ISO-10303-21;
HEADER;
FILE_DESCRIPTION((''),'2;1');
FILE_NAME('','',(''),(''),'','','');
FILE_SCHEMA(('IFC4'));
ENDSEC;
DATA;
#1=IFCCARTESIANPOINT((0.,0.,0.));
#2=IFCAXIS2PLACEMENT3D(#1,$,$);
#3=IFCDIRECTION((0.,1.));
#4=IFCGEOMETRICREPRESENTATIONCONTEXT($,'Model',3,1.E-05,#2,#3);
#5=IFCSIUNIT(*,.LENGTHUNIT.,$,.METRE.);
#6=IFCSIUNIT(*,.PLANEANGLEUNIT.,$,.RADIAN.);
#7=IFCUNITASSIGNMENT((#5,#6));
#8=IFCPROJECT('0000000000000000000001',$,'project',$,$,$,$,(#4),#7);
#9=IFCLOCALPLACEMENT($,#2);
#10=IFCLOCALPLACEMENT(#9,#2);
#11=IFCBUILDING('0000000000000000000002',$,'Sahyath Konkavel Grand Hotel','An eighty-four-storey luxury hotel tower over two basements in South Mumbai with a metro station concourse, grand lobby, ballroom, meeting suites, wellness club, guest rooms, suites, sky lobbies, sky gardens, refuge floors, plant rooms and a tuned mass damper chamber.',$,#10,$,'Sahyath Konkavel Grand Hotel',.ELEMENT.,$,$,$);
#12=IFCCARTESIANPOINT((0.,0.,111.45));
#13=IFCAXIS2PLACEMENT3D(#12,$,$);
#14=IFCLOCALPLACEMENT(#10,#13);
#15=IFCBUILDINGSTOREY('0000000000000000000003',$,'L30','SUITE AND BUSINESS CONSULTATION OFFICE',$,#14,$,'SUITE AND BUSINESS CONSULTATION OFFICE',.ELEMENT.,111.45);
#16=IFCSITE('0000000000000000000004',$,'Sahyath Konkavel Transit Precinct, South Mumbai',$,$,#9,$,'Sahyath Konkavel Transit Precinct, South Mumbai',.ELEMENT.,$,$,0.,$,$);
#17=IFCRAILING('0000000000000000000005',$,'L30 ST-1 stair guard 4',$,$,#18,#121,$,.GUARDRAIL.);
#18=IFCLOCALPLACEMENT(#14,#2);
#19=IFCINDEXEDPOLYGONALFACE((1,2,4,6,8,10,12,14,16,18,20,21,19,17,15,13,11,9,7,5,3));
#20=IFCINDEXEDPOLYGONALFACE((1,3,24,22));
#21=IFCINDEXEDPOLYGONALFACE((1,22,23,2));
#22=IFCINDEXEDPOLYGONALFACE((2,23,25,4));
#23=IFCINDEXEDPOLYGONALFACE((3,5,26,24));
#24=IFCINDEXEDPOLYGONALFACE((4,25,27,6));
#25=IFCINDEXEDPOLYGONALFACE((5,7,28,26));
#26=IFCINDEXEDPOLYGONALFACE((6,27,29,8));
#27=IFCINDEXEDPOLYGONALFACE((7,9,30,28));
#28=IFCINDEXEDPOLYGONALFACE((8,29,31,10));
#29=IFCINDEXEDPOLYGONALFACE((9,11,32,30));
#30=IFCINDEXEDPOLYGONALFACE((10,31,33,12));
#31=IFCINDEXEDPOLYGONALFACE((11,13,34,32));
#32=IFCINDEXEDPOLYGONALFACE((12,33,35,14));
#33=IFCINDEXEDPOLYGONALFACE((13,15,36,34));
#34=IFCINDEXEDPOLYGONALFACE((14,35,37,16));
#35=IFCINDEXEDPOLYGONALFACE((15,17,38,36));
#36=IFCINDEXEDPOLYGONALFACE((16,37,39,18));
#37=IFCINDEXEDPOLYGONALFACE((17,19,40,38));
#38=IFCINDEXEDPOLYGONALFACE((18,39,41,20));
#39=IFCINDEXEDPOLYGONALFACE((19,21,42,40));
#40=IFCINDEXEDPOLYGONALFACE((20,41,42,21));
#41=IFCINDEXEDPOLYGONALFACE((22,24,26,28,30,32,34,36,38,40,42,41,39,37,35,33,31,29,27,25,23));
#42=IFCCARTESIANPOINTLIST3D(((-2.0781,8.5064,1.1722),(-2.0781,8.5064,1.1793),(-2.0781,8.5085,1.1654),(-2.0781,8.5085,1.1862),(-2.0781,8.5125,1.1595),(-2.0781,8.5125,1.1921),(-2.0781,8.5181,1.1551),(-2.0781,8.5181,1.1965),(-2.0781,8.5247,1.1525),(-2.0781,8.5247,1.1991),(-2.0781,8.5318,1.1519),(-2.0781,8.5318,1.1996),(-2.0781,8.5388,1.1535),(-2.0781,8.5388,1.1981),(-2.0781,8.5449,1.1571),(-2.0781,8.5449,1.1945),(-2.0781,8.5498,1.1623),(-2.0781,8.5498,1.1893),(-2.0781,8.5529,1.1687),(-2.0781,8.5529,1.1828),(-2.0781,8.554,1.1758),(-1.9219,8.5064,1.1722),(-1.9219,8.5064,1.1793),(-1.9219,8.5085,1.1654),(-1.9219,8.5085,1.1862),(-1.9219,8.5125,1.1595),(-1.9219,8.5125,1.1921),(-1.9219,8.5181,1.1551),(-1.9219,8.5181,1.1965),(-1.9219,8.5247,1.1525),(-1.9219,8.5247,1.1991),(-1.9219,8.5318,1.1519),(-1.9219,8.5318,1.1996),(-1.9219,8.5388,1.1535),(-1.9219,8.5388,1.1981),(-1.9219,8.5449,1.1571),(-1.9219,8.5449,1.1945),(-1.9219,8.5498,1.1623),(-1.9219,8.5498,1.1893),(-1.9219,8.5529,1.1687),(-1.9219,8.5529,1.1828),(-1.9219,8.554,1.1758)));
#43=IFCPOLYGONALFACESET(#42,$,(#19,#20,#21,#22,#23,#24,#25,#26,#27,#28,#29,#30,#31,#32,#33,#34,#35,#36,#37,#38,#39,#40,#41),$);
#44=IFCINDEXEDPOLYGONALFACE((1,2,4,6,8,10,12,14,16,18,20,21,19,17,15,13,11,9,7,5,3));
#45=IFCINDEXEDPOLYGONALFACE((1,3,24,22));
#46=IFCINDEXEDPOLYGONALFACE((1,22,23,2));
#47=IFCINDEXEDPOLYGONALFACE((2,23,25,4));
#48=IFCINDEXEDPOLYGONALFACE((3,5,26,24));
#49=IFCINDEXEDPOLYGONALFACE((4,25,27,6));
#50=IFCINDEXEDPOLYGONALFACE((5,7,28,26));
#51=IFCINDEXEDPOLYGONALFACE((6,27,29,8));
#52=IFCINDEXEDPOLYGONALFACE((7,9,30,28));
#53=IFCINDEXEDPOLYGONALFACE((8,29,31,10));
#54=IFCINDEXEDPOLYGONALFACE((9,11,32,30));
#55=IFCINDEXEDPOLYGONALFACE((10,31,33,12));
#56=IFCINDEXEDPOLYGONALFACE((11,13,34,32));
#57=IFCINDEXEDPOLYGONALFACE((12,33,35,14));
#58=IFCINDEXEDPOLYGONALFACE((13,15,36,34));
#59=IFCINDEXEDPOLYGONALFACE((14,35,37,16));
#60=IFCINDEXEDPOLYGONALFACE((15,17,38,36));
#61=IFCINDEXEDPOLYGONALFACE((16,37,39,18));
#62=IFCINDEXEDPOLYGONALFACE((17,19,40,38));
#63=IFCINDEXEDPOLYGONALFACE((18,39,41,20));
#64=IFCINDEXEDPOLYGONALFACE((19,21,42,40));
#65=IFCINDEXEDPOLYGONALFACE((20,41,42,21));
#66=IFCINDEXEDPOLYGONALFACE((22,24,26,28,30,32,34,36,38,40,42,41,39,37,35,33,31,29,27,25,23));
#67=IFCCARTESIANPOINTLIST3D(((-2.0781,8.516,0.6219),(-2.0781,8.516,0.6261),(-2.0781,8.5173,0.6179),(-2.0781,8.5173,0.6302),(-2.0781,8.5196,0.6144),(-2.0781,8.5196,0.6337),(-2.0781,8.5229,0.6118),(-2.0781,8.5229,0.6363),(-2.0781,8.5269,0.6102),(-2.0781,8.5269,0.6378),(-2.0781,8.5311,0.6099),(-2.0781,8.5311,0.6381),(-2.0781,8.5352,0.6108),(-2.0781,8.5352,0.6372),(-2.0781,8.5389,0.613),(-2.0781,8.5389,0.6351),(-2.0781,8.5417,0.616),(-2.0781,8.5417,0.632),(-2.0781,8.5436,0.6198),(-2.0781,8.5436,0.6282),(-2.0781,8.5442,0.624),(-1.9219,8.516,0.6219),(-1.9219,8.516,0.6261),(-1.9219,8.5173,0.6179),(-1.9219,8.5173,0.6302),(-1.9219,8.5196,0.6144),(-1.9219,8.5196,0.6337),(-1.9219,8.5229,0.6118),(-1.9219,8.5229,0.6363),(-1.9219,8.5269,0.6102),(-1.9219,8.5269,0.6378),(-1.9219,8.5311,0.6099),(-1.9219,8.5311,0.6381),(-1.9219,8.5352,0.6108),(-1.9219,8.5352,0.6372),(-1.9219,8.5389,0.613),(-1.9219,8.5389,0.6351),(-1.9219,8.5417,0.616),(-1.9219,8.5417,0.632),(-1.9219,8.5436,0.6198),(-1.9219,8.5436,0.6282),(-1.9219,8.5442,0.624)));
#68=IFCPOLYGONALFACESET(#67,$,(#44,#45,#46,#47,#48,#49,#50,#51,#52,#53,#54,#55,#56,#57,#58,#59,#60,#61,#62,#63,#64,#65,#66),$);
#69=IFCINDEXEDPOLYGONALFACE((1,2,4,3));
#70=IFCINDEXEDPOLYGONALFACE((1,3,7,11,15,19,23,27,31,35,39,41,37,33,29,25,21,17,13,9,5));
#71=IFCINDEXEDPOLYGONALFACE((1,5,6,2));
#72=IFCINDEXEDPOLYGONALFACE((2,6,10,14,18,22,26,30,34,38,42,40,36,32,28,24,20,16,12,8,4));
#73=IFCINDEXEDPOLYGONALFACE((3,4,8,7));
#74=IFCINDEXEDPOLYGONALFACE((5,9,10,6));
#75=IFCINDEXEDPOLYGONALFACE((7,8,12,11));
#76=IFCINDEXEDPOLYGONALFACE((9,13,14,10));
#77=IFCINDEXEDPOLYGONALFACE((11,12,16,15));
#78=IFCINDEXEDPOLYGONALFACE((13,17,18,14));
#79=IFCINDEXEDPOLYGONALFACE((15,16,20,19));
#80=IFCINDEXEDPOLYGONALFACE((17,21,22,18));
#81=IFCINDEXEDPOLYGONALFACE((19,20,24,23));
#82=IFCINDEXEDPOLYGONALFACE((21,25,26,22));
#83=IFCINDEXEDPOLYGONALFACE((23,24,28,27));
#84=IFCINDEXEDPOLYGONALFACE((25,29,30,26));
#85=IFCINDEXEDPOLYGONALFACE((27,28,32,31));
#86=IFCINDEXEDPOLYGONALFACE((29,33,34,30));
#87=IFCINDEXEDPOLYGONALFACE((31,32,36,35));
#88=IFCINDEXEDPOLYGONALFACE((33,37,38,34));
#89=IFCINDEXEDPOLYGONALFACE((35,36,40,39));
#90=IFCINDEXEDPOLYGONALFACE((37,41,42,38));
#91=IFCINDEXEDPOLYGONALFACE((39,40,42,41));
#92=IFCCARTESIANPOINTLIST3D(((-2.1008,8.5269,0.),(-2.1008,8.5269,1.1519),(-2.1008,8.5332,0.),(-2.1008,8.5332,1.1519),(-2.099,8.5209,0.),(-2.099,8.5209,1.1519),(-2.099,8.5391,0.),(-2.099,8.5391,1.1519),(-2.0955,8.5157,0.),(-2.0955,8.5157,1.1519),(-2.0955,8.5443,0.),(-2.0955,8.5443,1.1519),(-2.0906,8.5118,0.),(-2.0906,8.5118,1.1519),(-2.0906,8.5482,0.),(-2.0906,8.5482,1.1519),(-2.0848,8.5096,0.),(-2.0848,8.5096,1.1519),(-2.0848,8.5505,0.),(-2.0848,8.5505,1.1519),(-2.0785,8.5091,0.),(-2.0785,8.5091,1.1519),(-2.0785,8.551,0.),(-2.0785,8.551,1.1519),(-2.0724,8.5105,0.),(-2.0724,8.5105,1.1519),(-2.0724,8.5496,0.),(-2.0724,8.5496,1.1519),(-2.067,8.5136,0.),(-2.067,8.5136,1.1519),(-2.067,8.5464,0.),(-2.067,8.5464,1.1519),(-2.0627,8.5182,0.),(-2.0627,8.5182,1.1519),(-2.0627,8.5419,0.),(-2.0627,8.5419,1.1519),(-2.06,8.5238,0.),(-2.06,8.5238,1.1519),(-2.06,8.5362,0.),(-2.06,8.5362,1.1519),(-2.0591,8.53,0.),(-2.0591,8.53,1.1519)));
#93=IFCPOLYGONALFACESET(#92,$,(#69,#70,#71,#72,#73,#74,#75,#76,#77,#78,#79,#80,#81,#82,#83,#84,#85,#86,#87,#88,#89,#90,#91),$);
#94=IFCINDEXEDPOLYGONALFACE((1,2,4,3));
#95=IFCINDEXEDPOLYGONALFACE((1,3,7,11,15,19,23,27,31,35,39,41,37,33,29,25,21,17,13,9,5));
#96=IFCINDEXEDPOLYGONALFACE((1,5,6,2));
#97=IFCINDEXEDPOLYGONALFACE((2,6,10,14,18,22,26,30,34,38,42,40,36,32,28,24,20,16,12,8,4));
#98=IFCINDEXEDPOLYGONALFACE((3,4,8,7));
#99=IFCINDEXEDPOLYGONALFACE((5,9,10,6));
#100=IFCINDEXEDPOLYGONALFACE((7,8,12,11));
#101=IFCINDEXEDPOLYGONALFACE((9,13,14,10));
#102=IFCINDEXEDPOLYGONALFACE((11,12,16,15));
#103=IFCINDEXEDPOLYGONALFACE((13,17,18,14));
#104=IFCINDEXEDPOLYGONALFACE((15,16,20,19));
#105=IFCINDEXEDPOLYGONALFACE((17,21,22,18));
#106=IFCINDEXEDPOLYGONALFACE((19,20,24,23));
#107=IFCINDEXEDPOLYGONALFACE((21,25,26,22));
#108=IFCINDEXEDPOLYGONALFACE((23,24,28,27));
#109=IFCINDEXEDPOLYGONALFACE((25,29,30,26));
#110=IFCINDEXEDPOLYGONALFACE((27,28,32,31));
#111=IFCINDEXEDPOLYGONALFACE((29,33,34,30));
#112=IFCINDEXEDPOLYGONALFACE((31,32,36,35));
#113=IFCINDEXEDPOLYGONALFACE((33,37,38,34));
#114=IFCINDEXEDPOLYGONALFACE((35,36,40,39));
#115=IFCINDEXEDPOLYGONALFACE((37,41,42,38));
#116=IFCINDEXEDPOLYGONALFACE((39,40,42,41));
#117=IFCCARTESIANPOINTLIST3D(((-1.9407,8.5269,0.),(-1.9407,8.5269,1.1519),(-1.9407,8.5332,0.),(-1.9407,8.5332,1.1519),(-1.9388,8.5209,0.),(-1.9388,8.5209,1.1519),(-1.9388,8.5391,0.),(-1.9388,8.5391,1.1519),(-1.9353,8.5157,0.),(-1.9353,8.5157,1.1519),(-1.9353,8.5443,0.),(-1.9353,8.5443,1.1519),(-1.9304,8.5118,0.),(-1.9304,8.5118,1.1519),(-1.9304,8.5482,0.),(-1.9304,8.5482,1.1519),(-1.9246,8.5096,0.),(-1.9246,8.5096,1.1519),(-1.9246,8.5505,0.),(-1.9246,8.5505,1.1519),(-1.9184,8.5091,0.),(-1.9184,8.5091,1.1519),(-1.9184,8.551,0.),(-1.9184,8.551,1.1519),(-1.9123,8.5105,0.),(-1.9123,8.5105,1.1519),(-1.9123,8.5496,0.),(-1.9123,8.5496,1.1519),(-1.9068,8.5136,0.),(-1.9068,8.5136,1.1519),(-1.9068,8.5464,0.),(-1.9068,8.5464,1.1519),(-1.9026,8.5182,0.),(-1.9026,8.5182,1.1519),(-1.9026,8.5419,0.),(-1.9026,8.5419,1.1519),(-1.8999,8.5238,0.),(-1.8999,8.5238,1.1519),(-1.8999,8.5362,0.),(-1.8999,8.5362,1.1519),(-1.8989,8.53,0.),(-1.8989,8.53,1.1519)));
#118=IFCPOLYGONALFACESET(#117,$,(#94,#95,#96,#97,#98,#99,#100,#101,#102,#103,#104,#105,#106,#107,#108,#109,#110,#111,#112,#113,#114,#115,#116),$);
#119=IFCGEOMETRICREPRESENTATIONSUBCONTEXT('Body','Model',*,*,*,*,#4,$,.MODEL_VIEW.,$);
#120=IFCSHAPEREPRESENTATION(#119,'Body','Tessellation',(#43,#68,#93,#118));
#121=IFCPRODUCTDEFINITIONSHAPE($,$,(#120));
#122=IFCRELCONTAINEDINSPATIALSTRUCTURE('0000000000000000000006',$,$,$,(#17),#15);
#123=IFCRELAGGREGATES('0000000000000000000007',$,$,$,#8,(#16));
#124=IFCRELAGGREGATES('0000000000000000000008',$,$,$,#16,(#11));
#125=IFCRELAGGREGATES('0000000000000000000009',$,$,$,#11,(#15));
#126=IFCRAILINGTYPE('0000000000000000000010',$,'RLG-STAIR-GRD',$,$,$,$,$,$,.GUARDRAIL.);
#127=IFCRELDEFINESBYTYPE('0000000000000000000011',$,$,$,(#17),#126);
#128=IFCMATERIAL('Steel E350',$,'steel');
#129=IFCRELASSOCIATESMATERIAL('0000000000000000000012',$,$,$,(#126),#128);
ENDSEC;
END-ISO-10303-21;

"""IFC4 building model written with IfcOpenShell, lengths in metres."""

from ifc_helpers import new_model, si_unit, direction, frame, origin, origin_2d, place, context, subcontext, project, spatial, circle, extrude, material, type_object, element, save


model = new_model("IFC4")

# Units and contexts
model_context = context("Model", 3, precision=1e-05, world=origin(), true_north=direction((0.0, 1.0)))
body_context = subcontext(model_context, "Body", "Model", "MODEL_VIEW")
ifc_project = project(units=[si_unit("LENGTHUNIT", "METRE"), si_unit("PLANEANGLEUNIT", "RADIAN")], contexts=[model_context])

# Site, building, storey
site_placement = place(None, origin())
site = spatial("IfcSite", under=ifc_project, at=site_placement, Name="Sahyath Konkavel Transit Precinct, South Mumbai", LongName="Sahyath Konkavel Transit Precinct, South Mumbai", CompositionType="ELEMENT", RefElevation=0.0)
building_placement = place(site_placement, origin())
building = spatial("IfcBuilding", under=site, at=building_placement, Name="Sahyath Konkavel Grand Hotel", Description="An eighty-four-storey luxury hotel tower over two basements in South Mumbai with a metro station concourse, grand lobby, ballroom, meeting suites, wellness club, guest rooms, suites, sky lobbies, sky gardens, refuge floors, plant rooms and a tuned mass damper chamber.", LongName="Sahyath Konkavel Grand Hotel", CompositionType="ELEMENT")
storey_placement = place(building_placement, frame((0.0, 0.0, 111.45)))
storey = spatial("IfcBuildingStorey", under=building, at=storey_placement, Name="L30", Description="SUITE AND BUSINESS CONSULTATION OFFICE", LongName="SUITE AND BUSINESS CONSULTATION OFFICE", CompositionType="ELEMENT", Elevation=111.45)

# Shared definitions
ifc_material_1 = material(Name="Steel E350", Category="steel")

# Railing
railing_type_1 = type_object("IfcRailingType", Name="RLG-STAIR-GRD", PredefinedType="GUARDRAIL", material=ifc_material_1)
railing_1_placement = place(storey_placement, frame((-2.0801, 8.53, 0.0)))
element("IfcRailing", 1, at=railing_1_placement, inside=storey, type_object=railing_type_1, Name="L30 ST-1 stair guard 4", PredefinedType="GUARDRAIL", context=body_context, shape_type="SweptSolid", body=[
    extrude(circle(Radius=0.0239, at=origin_2d()), frame((0.002, 0.0, 1.1758), z_axis=(1.0, 0.0, 0.0), x_axis=(0.0, 1.0, 0.0)), (0.0, 0.0, 1.0), 0.1562),
    extrude(circle(Radius=0.0142, at=origin_2d()), frame((0.002, 0.0, 0.624), z_axis=(1.0, 0.0, 0.0), x_axis=(0.0, 1.0, 0.0)), (0.0, 0.0, 1.0), 0.1562),
    extrude(circle(Radius=0.021, at=origin_2d()), origin(), (0.0, 0.0, 1.0), 1.1519),
    extrude(circle(Radius=0.021, at=origin_2d()), frame((0.1602, 0.0, 0.0)), (0.0, 0.0, 1.0), 1.1519),
])

save(model, "model.ifc")
